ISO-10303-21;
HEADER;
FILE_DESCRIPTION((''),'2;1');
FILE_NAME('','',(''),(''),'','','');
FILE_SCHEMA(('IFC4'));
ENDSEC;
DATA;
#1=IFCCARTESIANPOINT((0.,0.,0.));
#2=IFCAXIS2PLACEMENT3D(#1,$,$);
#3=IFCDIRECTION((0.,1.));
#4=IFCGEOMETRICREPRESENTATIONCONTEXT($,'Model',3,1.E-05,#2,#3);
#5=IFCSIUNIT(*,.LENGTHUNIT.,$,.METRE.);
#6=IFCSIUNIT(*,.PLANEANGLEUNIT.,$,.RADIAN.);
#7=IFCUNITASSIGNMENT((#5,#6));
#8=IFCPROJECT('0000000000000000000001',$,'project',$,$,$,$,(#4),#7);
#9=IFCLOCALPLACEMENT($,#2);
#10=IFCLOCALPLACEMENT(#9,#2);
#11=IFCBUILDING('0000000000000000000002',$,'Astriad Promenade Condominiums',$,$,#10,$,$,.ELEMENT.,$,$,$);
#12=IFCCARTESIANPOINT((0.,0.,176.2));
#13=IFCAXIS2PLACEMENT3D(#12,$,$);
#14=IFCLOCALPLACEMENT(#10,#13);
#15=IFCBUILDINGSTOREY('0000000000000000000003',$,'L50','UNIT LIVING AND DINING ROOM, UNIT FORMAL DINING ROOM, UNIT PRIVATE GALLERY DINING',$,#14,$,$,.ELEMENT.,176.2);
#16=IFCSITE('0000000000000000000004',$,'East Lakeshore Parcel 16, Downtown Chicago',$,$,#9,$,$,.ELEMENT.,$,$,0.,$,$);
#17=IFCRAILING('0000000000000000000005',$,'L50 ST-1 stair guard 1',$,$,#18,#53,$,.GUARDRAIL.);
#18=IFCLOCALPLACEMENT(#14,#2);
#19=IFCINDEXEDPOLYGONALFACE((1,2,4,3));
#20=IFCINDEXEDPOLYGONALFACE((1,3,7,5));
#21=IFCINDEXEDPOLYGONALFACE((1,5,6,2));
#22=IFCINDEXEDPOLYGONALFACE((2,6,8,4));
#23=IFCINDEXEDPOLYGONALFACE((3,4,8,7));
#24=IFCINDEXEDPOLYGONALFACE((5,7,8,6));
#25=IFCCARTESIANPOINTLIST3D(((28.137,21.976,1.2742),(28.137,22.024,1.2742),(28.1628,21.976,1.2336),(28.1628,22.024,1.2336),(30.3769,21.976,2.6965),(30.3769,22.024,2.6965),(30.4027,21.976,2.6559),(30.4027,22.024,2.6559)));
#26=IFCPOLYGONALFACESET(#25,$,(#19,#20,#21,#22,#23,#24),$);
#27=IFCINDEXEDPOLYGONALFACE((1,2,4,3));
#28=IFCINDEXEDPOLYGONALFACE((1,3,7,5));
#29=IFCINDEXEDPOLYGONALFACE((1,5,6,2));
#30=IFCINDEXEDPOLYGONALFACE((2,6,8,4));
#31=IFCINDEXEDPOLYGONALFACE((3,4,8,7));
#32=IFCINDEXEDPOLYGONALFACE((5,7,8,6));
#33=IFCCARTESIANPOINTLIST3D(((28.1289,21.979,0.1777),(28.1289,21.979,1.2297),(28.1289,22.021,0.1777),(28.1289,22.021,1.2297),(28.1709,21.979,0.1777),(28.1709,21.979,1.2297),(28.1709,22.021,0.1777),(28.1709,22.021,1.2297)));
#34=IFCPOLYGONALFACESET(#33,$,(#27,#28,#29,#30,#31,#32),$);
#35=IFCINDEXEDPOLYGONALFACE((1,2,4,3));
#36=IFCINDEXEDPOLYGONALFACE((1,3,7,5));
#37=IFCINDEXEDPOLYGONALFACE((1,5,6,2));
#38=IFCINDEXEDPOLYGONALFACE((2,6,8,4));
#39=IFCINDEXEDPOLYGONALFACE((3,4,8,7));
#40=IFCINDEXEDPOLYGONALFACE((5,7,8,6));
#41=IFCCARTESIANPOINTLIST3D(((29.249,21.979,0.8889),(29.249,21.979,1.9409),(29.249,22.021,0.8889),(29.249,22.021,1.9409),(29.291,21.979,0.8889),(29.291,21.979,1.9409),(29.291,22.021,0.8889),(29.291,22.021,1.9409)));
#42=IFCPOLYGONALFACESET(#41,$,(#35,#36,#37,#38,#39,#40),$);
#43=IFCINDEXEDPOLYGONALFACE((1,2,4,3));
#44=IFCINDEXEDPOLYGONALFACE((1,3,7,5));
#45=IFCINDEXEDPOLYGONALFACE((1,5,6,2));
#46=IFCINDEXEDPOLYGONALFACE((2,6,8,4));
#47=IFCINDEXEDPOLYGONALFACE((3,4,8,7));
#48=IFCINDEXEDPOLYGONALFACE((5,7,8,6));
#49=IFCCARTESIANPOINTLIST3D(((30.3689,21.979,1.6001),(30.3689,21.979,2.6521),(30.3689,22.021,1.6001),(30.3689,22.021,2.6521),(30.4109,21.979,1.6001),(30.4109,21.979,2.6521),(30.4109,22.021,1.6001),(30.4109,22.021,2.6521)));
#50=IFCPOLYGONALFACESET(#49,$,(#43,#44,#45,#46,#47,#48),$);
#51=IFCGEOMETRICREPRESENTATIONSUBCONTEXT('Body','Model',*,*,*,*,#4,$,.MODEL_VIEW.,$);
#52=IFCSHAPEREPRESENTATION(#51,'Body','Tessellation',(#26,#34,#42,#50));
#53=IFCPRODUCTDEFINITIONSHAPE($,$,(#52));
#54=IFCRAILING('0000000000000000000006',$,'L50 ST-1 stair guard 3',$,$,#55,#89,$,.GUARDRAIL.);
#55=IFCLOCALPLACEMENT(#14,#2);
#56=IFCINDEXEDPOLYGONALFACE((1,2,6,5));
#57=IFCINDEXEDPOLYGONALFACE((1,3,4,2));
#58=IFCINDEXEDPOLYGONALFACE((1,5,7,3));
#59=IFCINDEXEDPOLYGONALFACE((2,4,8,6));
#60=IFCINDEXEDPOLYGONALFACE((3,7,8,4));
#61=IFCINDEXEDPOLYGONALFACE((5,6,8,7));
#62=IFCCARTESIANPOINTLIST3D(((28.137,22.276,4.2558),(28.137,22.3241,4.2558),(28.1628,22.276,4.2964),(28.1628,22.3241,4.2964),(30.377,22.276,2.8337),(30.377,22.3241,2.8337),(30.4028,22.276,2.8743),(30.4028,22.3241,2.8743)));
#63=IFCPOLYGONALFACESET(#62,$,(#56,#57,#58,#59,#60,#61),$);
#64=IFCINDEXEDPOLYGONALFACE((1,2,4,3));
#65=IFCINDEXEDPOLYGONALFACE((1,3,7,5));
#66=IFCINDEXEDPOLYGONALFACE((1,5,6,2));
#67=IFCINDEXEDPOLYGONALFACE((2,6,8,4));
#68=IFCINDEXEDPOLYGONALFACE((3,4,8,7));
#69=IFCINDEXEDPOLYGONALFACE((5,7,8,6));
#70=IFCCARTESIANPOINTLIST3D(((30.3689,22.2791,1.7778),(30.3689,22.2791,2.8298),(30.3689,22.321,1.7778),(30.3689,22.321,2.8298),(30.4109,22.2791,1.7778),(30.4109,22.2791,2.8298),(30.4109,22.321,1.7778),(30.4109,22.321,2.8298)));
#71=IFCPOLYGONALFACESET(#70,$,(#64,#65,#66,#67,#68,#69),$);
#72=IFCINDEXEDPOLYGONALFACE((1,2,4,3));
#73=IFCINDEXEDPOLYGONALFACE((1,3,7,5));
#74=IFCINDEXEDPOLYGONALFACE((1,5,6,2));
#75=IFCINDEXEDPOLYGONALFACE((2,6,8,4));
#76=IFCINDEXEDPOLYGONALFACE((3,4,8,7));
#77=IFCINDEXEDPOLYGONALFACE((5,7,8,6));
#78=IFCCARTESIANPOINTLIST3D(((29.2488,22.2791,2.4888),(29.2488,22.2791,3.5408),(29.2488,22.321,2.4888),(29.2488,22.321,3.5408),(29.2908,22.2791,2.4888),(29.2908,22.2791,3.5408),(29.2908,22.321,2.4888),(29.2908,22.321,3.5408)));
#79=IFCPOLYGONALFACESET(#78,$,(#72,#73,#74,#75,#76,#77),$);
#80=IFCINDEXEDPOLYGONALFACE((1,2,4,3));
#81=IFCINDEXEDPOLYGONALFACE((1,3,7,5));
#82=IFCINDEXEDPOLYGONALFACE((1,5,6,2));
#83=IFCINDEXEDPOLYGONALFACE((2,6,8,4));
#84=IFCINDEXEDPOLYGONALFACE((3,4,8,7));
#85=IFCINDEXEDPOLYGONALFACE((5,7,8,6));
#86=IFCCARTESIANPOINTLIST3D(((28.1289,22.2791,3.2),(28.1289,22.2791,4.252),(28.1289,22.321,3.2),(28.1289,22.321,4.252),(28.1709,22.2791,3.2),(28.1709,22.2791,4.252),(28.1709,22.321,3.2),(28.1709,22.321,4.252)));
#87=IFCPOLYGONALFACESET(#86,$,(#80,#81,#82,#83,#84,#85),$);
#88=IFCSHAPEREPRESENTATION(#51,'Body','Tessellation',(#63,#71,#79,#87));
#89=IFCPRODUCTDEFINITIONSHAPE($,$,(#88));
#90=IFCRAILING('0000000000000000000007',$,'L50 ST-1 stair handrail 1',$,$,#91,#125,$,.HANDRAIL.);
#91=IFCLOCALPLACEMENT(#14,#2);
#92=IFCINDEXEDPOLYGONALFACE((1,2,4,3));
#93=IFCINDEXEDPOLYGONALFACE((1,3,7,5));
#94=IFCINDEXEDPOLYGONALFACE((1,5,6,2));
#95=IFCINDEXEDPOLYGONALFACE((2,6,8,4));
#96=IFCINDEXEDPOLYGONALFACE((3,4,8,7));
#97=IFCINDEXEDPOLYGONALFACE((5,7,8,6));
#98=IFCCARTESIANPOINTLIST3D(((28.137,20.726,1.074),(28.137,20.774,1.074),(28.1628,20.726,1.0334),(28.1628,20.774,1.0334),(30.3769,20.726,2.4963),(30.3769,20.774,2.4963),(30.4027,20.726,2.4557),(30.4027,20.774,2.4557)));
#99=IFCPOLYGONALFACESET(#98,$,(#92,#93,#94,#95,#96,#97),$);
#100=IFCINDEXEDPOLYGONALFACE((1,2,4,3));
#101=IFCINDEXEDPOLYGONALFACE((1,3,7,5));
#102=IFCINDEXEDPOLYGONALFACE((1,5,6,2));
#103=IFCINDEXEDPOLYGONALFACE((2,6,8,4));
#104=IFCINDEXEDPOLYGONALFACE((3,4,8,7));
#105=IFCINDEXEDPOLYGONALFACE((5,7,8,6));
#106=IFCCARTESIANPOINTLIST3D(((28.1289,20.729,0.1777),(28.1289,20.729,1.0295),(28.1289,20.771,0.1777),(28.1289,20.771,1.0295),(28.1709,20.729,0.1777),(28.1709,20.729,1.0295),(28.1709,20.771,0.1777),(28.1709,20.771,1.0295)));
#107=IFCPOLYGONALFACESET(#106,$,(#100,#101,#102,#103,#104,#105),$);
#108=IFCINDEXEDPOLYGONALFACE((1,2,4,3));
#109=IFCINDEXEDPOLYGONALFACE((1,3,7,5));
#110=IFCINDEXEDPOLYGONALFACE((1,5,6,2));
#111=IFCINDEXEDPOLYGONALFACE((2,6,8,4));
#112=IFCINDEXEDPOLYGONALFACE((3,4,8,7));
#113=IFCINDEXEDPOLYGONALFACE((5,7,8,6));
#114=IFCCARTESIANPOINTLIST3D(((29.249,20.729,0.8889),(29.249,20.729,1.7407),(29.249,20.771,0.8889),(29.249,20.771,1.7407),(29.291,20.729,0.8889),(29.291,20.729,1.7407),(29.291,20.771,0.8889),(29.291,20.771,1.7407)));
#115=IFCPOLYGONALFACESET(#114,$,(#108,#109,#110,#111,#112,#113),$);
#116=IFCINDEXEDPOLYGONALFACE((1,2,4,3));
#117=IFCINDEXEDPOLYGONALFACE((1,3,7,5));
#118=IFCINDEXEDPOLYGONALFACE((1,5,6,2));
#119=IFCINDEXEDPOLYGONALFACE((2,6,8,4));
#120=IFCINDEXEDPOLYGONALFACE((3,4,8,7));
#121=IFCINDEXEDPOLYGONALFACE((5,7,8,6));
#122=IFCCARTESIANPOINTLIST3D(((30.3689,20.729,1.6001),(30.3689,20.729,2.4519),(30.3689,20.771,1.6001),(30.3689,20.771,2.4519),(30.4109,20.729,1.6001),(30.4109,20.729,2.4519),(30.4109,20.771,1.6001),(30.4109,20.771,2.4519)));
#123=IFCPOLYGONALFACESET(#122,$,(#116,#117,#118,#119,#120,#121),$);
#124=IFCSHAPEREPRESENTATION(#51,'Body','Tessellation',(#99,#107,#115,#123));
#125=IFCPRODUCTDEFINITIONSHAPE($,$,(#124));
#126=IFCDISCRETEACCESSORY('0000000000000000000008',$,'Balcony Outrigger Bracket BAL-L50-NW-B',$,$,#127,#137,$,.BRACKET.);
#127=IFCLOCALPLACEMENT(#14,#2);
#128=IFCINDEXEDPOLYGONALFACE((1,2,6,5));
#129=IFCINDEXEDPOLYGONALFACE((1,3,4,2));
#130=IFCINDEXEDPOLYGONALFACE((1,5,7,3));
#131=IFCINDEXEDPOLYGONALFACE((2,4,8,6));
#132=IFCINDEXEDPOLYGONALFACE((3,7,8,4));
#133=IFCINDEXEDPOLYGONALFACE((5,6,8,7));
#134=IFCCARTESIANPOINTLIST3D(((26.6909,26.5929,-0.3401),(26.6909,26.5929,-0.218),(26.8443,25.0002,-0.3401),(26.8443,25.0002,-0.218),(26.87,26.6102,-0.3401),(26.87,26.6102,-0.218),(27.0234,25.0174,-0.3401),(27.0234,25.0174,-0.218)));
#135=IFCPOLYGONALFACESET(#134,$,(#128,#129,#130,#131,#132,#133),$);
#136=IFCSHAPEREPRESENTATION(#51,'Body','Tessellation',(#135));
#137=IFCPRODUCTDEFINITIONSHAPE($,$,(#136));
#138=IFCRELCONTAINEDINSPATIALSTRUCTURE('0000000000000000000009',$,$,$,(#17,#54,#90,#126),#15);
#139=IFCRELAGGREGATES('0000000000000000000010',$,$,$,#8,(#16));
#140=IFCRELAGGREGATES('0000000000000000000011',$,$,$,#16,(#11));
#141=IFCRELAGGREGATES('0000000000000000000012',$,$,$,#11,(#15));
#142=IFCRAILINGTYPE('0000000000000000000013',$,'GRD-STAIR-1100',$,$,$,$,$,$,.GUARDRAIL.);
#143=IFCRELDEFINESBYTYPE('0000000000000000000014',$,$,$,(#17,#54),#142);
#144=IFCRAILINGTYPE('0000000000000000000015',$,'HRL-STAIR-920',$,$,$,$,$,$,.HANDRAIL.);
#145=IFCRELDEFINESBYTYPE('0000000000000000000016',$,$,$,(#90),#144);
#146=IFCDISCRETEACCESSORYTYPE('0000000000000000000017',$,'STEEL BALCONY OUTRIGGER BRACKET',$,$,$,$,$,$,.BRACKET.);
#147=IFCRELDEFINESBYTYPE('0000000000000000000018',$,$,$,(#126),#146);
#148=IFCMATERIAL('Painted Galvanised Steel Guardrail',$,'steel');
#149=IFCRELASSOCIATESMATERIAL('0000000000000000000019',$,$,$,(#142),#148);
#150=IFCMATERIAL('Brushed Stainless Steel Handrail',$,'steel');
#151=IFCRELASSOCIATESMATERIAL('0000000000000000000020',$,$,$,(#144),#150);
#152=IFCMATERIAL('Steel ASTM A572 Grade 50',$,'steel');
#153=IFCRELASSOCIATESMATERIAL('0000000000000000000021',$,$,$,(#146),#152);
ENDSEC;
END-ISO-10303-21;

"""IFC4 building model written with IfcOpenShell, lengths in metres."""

from ifc_helpers import new_model, si_unit, direction, frame, origin, origin_2d, place, context, subcontext, project, spatial, rectangle, extrude, source, transform, mapped, material, type_object, type_shapes, element, save


model = new_model("IFC4")

# Units and contexts
model_context = context("Model", 3, precision=1e-05, world=origin(), true_north=direction((0.0, 1.0)))
body_context = subcontext(model_context, "Body", "Model", "MODEL_VIEW")
ifc_project = project(units=[si_unit("LENGTHUNIT", "METRE"), si_unit("PLANEANGLEUNIT", "RADIAN")], contexts=[model_context])

# Site, building, storey
site_placement = place(None, origin())
site = spatial("IfcSite", under=ifc_project, at=site_placement, Name="East Lakeshore Parcel 16, Downtown Chicago", CompositionType="ELEMENT", RefElevation=0.0)
building_placement = place(site_placement, origin())
building = spatial("IfcBuilding", under=site, at=building_placement, Name="Astriad Promenade Condominiums", CompositionType="ELEMENT")
storey_placement = place(building_placement, frame((0.0, 0.0, 176.2)))
storey = spatial("IfcBuildingStorey", under=building, at=storey_placement, Name="L50", Description="UNIT LIVING AND DINING ROOM, UNIT FORMAL DINING ROOM, UNIT PRIVATE GALLERY DINING", CompositionType="ELEMENT", Elevation=176.2)

# Railings
ifc_material_1 = material(Name="Painted Galvanised Steel Guardrail", Category="steel")
railing_type_1 = type_object("IfcRailingType", Name="GRD-STAIR-1100", PredefinedType="GUARDRAIL", material=ifc_material_1)
shared_shape_1 = source(origin(), body_context, "Body", "SweptSolid", [
    extrude(rectangle(XDim=0.0481, YDim=0.0481, at=origin_2d()), frame((0.0, 0.0, 1.0762), z_axis=(0.844188, 0.0, 0.536048), x_axis=(0.0, 1.0, 0.0)), (0.0, 0.0, 1.0), 2.6533),
    extrude(rectangle(XDim=0.042, YDim=0.042, at=origin_2d()), origin(), (0.0, 0.0, 1.0), 1.052),
    extrude(rectangle(XDim=0.042, YDim=0.042, at=origin_2d()), frame((1.1201, 0.0, 0.7112)), (0.0, 0.0, 1.0), 1.052),
    extrude(rectangle(XDim=0.042, YDim=0.042, at=origin_2d()), frame((2.24, 0.0, 1.4224)), (0.0, 0.0, 1.0), 1.052),
])
railing_1_placement = place(storey_placement, frame((28.1499, 22.0, 0.1777)))
element("IfcRailing", 1, at=railing_1_placement, inside=storey, type_object=railing_type_1, Name="L50 ST-1 stair guard 1", PredefinedType="GUARDRAIL", context=body_context, shape_type="MappedRepresentation", body=[
    mapped(shared_shape_1, transform((0.0, 0.0, 0.0), scale=1.0)),
])
shared_shape_2 = source(origin(), body_context, "Body", "SweptSolid", [
    extrude(rectangle(XDim=0.0481, YDim=0.0481, at=origin_2d()), frame((0.0, 0.0, 1.0762), z_axis=(-0.844229, 0.0, 0.535982), x_axis=(0.0, -1.0, 0.0)), (0.0, 0.0, 1.0), 2.6533),
    extrude(rectangle(XDim=0.042, YDim=0.042, at=origin_2d()), origin(), (0.0, 0.0, 1.0), 1.052),
    extrude(rectangle(XDim=0.042, YDim=0.042, at=origin_2d()), frame((-1.1201, 0.0, 0.7109)), (0.0, 0.0, 1.0), 1.052),
    extrude(rectangle(XDim=0.042, YDim=0.042, at=origin_2d()), frame((-2.24, 0.0, 1.4221)), (0.0, 0.0, 1.0), 1.052),
])
railing_2_placement = place(storey_placement, frame((30.3899, 22.3, 1.7778)))
element("IfcRailing", 2, at=railing_2_placement, inside=storey, type_object=railing_type_1, Name="L50 ST-1 stair guard 3", PredefinedType="GUARDRAIL", context=body_context, shape_type="MappedRepresentation", body=[
    mapped(shared_shape_2, transform((0.0, 0.0, 0.0), scale=1.0)),
])
ifc_material_2 = material(Name="Brushed Stainless Steel Handrail", Category="steel")
railing_type_2 = type_object("IfcRailingType", Name="HRL-STAIR-920", PredefinedType="HANDRAIL", material=ifc_material_2)
shared_shape_3 = source(origin(), body_context, "Body", "SweptSolid", [
    extrude(rectangle(XDim=0.0481, YDim=0.0481, at=origin_2d()), frame((0.0, 0.0, 0.876), z_axis=(0.844188, 0.0, 0.536048), x_axis=(0.0, 1.0, 0.0)), (0.0, 0.0, 1.0), 2.6533),
    extrude(rectangle(XDim=0.042, YDim=0.042, at=origin_2d()), origin(), (0.0, 0.0, 1.0), 0.8518),
    extrude(rectangle(XDim=0.042, YDim=0.042, at=origin_2d()), frame((1.1201, 0.0, 0.7112)), (0.0, 0.0, 1.0), 0.8518),
    extrude(rectangle(XDim=0.042, YDim=0.042, at=origin_2d()), frame((2.24, 0.0, 1.4224)), (0.0, 0.0, 1.0), 0.8518),
])
type_shapes(railing_type_2, [shared_shape_3])
railing_3_placement = place(storey_placement, frame((28.1499, 20.75, 0.1777)))
element("IfcRailing", 3, at=railing_3_placement, inside=storey, type_object=railing_type_2, Name="L50 ST-1 stair handrail 1", PredefinedType="HANDRAIL", context=body_context, shape_type="MappedRepresentation", body=[
    mapped(shared_shape_3, transform((0.0, 0.0, 0.0), scale=1.0)),
])

# Discrete accessory
ifc_material_3 = material(Name="Steel ASTM A572 Grade 50", Category="steel")
discrete_accessory_type = type_object("IfcDiscreteAccessoryType", Name="STEEL BALCONY OUTRIGGER BRACKET", PredefinedType="BRACKET", material=ifc_material_3)
shared_shape_4 = source(origin(), body_context, "Body", "SweptSolid", [
    extrude(rectangle(XDim=1.6001, YDim=0.1799, at=origin_2d()), origin(), (0.0, 0.0, 1.0), 0.1221),
])
type_shapes(discrete_accessory_type, [shared_shape_4])
discrete_accessory_placement = place(storey_placement, frame((26.8572, 25.8052, -0.3401), z_axis=(0.0, 0.0, 1.0), x_axis=(-0.095846, 0.995396, 0.0)))
element("IfcDiscreteAccessory", 4, at=discrete_accessory_placement, inside=storey, type_object=discrete_accessory_type, Name="Balcony Outrigger Bracket BAL-L50-NW-B", PredefinedType="BRACKET", context=body_context, shape_type="MappedRepresentation", body=[
    mapped(shared_shape_4, transform((0.0, 0.0, 0.0), scale=1.0)),
])

save(model, "model.ifc")
